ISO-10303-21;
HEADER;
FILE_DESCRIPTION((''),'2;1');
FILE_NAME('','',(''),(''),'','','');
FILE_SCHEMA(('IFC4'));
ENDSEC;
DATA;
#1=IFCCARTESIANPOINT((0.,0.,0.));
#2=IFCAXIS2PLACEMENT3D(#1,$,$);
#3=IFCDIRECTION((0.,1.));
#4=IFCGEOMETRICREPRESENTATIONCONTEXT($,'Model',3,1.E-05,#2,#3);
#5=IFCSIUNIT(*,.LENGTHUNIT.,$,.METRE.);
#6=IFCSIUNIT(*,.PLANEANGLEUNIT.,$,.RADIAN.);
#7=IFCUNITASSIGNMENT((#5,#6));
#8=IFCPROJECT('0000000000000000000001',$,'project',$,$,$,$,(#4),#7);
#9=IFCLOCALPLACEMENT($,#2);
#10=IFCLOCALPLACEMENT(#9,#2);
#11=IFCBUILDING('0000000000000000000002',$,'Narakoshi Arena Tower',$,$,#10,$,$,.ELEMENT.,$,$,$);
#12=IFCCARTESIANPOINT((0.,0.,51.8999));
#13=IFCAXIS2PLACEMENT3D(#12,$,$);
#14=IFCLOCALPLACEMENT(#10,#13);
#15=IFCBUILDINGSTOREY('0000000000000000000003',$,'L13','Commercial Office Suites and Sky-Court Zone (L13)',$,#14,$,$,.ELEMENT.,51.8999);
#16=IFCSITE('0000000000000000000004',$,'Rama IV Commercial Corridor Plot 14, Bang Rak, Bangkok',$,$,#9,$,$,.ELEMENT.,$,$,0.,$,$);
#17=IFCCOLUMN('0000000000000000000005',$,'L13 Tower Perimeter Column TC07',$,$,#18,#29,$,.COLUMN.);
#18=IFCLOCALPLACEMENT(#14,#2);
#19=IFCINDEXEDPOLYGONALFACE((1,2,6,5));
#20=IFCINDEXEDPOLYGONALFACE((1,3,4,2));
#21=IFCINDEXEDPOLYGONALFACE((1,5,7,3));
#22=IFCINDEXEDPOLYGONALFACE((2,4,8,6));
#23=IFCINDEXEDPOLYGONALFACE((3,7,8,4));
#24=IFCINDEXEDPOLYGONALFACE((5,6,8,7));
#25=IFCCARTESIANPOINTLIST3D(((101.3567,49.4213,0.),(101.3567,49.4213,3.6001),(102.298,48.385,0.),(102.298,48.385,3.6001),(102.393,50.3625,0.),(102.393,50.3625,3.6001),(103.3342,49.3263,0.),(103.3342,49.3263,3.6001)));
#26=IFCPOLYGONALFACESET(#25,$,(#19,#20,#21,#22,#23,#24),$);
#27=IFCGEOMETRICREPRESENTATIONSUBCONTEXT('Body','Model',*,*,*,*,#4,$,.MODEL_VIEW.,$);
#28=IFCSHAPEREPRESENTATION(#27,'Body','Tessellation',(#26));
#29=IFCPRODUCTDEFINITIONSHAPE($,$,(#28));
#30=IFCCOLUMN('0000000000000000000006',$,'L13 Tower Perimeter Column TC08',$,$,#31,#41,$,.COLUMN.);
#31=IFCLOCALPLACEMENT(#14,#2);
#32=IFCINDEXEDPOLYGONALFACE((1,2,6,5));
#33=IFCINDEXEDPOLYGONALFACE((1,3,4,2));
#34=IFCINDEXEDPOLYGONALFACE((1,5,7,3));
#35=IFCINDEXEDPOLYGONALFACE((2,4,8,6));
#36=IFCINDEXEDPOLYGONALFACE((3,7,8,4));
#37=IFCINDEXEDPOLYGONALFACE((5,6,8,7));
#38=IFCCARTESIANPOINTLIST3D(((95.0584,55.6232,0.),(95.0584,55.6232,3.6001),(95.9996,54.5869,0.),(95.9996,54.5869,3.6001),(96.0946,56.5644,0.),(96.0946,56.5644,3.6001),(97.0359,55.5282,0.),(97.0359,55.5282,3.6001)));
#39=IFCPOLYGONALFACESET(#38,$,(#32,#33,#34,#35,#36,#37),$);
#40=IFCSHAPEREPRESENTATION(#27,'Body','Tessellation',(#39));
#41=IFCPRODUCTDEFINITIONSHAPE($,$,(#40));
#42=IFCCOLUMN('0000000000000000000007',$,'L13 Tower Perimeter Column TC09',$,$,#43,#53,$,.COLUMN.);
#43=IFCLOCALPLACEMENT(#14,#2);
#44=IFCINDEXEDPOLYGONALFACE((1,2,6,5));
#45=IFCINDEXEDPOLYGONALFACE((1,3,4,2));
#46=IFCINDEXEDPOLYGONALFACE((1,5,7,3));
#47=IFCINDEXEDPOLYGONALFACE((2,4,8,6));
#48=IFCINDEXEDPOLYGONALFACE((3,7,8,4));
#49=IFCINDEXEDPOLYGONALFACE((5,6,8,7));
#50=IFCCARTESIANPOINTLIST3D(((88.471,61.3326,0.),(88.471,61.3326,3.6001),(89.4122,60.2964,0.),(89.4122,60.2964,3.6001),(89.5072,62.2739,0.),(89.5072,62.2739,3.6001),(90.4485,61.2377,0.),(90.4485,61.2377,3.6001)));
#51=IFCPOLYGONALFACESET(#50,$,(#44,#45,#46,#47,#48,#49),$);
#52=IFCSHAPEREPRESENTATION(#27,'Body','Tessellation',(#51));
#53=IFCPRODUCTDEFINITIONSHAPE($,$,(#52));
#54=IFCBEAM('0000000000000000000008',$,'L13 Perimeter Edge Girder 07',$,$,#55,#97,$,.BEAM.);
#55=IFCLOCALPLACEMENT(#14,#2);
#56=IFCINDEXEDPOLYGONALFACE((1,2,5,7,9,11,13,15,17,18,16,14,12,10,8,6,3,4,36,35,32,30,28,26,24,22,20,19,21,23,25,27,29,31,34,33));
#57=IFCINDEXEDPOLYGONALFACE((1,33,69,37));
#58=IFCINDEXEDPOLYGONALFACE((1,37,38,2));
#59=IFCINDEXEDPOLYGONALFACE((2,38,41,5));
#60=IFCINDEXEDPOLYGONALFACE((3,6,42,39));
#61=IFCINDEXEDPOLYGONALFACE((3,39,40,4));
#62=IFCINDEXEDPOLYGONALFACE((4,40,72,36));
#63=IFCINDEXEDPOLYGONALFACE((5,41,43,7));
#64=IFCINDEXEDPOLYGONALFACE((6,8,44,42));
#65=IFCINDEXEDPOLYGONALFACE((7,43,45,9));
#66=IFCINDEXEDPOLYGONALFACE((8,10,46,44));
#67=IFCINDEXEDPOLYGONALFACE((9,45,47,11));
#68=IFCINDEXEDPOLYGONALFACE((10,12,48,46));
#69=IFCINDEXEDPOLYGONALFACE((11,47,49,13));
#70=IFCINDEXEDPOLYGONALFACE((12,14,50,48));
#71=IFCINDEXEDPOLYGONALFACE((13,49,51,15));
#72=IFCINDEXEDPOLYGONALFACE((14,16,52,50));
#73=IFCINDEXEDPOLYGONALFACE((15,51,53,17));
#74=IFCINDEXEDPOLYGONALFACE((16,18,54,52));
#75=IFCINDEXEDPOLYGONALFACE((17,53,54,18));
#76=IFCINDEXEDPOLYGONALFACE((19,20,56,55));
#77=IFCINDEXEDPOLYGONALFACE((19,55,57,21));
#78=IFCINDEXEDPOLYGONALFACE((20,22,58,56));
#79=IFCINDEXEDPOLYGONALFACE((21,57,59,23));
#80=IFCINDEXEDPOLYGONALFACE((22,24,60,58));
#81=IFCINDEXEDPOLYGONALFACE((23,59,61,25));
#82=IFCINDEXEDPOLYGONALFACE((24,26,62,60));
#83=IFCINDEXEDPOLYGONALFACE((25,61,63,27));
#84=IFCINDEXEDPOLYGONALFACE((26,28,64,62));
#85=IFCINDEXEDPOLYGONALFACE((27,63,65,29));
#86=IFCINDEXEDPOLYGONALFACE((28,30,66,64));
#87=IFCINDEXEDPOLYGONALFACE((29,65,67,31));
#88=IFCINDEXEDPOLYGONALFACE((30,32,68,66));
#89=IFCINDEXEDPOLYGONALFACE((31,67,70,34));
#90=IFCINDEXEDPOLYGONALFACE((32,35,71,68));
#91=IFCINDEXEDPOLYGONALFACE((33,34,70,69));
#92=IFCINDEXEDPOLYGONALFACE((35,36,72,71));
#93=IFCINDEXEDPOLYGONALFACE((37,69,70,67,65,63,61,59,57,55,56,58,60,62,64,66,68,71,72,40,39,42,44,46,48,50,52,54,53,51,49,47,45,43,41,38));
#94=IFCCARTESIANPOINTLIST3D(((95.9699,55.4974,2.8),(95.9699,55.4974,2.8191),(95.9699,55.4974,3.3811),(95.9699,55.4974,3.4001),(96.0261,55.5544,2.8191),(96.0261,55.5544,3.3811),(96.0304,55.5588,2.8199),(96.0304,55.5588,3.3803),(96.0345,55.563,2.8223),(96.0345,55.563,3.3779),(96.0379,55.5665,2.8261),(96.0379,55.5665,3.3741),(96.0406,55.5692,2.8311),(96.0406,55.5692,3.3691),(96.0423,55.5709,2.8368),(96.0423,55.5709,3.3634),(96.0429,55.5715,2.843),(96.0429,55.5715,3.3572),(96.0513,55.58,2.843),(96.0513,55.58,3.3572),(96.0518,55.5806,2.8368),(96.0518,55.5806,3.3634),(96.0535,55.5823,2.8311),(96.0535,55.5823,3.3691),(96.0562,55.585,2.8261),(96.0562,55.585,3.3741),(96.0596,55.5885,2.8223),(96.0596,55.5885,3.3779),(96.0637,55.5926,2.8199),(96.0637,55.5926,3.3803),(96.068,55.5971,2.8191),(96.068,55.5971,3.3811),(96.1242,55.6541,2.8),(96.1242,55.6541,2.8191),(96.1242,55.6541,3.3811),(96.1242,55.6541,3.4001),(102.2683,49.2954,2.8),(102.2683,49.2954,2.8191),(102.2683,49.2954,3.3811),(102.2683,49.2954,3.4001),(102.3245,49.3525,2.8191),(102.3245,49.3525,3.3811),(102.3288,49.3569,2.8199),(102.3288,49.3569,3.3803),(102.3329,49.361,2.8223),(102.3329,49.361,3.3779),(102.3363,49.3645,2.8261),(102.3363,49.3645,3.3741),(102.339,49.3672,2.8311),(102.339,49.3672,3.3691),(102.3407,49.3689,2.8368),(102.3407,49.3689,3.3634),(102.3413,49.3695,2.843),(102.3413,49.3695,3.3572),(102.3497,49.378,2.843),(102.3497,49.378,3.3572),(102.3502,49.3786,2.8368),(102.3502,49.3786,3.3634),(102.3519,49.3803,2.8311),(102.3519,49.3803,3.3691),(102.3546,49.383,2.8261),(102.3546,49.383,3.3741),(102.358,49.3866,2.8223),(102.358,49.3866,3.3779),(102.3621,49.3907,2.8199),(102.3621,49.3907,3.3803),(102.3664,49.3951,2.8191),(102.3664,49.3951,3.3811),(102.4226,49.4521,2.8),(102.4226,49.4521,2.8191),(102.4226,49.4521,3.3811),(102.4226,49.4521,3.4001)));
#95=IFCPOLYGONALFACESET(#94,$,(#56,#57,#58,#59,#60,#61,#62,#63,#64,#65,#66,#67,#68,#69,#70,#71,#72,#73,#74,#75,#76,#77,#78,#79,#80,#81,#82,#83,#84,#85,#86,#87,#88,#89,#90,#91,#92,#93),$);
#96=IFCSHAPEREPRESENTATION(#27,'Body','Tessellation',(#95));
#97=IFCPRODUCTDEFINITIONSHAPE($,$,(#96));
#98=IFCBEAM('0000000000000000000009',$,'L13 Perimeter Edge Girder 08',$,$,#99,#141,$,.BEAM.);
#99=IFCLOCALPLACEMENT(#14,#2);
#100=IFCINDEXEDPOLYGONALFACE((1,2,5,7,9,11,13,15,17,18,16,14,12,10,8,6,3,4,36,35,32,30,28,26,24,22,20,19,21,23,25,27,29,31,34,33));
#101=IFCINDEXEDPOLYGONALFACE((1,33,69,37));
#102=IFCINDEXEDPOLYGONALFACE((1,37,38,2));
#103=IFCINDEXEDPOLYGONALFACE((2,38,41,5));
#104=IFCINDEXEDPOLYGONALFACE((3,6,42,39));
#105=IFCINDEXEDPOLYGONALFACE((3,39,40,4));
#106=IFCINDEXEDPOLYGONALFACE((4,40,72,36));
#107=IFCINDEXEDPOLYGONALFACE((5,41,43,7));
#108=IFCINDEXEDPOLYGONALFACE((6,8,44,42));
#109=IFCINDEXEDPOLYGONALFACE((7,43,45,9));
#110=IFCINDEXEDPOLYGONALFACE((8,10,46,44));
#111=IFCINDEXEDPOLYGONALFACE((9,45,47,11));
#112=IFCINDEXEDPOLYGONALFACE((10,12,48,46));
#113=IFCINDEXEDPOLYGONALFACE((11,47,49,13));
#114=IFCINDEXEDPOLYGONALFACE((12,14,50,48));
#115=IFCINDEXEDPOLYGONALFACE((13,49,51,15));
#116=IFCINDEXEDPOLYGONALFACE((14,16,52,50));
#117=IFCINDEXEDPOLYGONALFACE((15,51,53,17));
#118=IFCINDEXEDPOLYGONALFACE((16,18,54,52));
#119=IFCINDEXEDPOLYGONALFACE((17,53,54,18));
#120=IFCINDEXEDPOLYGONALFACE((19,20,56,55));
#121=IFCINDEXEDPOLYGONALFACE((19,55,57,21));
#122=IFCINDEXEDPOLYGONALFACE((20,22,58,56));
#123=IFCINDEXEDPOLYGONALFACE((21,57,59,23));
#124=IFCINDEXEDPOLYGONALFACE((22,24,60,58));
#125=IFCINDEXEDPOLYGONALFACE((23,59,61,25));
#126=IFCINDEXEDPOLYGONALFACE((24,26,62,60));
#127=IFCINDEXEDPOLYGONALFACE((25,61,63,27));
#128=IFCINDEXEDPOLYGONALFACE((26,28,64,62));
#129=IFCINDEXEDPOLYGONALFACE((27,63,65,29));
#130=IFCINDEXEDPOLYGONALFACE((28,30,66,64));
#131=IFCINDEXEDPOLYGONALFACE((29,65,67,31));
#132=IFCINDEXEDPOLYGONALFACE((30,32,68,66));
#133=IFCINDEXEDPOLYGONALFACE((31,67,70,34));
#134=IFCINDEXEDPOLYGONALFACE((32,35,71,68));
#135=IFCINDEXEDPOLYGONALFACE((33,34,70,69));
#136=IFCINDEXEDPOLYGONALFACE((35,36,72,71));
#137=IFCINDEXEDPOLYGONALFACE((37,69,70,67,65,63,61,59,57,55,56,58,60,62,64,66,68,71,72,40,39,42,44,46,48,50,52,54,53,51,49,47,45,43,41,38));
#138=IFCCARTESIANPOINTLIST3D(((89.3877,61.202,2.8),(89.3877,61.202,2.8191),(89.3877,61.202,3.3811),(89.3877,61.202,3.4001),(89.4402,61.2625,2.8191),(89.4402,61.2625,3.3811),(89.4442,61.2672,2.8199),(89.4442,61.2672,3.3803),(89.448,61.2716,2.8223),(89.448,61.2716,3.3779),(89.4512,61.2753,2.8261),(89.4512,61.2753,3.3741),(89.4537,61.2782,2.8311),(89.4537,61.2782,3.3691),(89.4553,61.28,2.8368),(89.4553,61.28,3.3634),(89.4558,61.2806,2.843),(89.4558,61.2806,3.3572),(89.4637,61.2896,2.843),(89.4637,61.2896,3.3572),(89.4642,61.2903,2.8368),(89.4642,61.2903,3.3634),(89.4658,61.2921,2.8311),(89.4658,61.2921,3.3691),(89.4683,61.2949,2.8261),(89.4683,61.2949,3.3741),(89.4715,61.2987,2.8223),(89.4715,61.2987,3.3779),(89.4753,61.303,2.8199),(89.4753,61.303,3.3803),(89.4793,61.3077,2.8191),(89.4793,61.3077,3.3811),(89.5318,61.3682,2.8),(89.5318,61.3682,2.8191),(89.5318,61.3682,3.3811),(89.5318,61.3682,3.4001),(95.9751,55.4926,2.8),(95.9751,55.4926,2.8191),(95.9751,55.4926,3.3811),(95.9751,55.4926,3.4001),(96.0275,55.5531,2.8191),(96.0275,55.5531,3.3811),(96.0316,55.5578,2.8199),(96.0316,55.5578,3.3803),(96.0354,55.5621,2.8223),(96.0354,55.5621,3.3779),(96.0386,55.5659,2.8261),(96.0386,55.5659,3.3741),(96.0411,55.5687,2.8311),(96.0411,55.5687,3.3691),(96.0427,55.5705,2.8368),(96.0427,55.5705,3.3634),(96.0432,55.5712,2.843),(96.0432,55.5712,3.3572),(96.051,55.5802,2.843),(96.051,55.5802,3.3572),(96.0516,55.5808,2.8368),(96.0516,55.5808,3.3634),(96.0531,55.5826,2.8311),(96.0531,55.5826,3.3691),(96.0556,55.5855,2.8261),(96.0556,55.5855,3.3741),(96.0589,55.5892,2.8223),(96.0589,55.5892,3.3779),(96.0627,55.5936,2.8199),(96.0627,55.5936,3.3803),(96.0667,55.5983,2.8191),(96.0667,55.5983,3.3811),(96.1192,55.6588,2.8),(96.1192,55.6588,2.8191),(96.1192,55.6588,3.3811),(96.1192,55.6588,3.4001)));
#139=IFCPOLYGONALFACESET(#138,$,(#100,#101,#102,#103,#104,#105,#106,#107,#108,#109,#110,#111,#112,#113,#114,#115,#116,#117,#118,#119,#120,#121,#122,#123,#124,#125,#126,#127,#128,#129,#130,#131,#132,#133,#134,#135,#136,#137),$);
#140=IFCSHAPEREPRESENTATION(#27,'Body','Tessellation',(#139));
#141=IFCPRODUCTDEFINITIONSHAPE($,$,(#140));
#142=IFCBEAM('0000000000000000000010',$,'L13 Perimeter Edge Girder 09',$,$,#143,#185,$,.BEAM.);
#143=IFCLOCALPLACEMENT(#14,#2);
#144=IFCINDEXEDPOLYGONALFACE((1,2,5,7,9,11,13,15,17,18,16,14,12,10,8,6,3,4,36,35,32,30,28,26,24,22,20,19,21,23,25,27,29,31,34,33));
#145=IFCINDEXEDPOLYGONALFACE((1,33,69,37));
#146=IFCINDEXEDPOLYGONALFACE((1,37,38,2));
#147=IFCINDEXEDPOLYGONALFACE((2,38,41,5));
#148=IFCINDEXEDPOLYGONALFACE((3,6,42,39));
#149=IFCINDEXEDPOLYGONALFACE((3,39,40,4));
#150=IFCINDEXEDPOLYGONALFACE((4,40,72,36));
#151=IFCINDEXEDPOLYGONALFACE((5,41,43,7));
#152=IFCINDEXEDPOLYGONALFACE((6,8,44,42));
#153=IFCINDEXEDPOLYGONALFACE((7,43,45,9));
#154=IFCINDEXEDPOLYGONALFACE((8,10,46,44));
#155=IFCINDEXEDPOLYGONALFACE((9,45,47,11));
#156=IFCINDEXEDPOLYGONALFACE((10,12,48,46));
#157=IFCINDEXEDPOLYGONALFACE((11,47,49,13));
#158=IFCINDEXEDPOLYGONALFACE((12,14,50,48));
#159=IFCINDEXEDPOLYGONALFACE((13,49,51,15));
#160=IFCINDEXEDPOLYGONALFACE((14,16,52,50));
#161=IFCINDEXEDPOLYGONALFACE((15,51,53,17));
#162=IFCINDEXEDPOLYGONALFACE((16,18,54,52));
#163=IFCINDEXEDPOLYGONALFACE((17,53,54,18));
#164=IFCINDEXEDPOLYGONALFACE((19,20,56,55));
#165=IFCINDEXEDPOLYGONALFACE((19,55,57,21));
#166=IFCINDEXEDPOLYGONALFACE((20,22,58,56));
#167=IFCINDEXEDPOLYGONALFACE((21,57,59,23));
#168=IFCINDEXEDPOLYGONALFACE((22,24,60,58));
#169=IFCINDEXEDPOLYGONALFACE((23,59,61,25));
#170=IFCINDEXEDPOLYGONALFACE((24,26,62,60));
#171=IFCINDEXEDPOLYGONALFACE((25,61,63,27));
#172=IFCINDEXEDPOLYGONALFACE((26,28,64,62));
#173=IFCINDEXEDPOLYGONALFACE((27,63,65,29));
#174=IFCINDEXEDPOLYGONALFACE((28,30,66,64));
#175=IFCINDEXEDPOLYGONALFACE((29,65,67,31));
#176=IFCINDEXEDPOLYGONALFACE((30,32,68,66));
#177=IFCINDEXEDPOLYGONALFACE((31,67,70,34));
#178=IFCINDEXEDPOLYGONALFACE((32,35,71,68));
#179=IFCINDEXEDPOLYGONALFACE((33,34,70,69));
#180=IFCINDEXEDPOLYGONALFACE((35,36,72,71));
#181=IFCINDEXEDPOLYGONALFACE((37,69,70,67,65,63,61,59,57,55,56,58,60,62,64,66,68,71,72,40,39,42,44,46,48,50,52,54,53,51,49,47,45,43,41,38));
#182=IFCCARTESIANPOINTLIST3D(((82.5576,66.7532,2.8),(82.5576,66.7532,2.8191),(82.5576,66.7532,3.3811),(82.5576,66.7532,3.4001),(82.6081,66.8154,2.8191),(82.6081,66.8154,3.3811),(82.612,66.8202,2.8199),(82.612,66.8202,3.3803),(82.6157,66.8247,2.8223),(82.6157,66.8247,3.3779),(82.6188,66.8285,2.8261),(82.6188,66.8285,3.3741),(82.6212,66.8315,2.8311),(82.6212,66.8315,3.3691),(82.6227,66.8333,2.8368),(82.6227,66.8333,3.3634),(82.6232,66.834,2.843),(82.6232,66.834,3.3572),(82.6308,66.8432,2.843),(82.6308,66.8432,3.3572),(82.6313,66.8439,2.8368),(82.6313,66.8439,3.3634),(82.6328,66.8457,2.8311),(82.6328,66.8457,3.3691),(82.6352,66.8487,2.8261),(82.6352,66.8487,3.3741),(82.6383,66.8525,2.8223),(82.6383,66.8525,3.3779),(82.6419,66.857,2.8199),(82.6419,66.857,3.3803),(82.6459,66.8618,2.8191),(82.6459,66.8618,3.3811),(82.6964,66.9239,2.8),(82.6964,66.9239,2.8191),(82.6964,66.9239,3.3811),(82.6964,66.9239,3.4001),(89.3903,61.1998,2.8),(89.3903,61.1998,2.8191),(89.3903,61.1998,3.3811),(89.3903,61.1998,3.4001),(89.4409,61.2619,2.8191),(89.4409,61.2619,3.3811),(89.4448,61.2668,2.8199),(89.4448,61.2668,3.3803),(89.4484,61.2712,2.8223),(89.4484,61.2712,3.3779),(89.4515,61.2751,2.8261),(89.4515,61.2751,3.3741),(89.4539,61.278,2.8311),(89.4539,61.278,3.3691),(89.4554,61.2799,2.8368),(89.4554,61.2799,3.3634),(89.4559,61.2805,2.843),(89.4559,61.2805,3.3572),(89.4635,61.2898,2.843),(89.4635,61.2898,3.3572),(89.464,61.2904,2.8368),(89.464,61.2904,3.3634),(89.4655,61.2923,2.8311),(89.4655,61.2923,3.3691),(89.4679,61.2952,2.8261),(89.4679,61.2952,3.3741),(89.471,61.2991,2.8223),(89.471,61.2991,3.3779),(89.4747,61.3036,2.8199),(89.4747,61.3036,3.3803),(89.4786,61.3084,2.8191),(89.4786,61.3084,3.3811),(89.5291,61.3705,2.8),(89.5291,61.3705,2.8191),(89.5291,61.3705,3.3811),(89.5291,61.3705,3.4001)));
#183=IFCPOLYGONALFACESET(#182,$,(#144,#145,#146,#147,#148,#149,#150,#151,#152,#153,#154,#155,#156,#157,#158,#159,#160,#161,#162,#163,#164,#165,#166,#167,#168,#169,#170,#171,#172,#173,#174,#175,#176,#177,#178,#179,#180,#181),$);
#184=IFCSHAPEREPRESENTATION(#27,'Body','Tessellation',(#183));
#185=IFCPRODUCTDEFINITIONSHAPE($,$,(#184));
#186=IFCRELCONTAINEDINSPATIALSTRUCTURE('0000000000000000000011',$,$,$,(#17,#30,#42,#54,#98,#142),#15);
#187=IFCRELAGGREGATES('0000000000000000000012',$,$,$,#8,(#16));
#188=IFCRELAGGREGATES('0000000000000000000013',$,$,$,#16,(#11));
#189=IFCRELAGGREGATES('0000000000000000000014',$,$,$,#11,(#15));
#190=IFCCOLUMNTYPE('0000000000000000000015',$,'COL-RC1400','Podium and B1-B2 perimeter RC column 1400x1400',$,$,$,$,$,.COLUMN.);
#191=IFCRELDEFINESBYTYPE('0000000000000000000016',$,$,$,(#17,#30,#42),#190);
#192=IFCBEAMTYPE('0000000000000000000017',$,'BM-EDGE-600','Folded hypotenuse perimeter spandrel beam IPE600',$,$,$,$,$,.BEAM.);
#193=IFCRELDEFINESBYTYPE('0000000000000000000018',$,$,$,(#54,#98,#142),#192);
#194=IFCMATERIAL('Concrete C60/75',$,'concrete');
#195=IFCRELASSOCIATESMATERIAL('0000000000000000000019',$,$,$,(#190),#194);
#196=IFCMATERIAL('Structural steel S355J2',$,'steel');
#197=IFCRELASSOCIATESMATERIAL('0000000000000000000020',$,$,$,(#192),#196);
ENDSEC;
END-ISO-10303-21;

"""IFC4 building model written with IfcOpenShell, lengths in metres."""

from ifc_helpers import new_model, si_unit, direction, frame, origin, origin_2d, place, context, subcontext, project, spatial, rectangle, i_section, extrude, material, material_profile, profile_set, type_object, element, save


model = new_model("IFC4")

# Units and contexts
model_context = context("Model", 3, precision=1e-05, world=origin(), true_north=direction((0.0, 1.0)))
body_context = subcontext(model_context, "Body", "Model", "MODEL_VIEW")
ifc_project = project(units=[si_unit("LENGTHUNIT", "METRE"), si_unit("PLANEANGLEUNIT", "RADIAN")], contexts=[model_context])

# Site, building, storey
site_placement = place(None, origin())
site = spatial("IfcSite", under=ifc_project, at=site_placement, Name="Rama IV Commercial Corridor Plot 14, Bang Rak, Bangkok", CompositionType="ELEMENT", RefElevation=0.0)
building_placement = place(site_placement, origin())
building = spatial("IfcBuilding", under=site, at=building_placement, Name="Narakoshi Arena Tower", CompositionType="ELEMENT")
storey_placement = place(building_placement, frame((0.0, 0.0, 51.8999)))
storey = spatial("IfcBuildingStorey", under=building, at=storey_placement, Name="L13", Description="Commercial Office Suites and Sky-Court Zone (L13)", CompositionType="ELEMENT", Elevation=51.8999)

# Columns
ifc_material_1 = material(Name="Concrete C60/75", Category="concrete")
ifc_material_profile_1 = material_profile(ifc_material_1, rectangle(XDim=1.3999, YDim=1.3999, at=origin_2d()), Name="RC1400x1400")
ifc_profile_set_1 = profile_set([ifc_material_profile_1], Name="Concrete C60/75")
column_type = type_object("IfcColumnType", Name="COL-RC1400", Description="Podium and B1-B2 perimeter RC column 1400x1400", PredefinedType="COLUMN", material=ifc_profile_set_1)
for number, where, z_axis, x_axis, name in (
    (1, (102.3455, 49.3738, 0.0), (0.0, 0.0, 1.0), (0.740218, 0.672367, 0.0), "L13 Tower Perimeter Column TC07"),
    (2, (96.0471, 55.5757, 0.0), (0.0, 0.0, 1.0), (0.740218, 0.672367, 0.0), "L13 Tower Perimeter Column TC08"),
    (3, (89.4597, 61.2852, 0.0), (0.0, 0.0, 1.0), (0.740218, 0.672367, 0.0), "L13 Tower Perimeter Column TC09"),
):
    element("IfcColumn", number, at=place(storey_placement, frame(where, z_axis=z_axis, x_axis=x_axis)), inside=storey, type_object=column_type, Name=name, PredefinedType="COLUMN", context=body_context, shape_type="SweptSolid", body=[
        extrude(rectangle(XDim=1.3999, YDim=1.3999, at=origin_2d()), origin(), (0.0, 0.0, 1.0), 3.6001),
    ])

# Beams
ifc_material_2 = material(Name="Structural steel S355J2", Category="steel")
ifc_material_profile_2 = material_profile(ifc_material_2, i_section(OverallWidth=0.22, OverallDepth=0.6001, WebThickness=0.012, FlangeThickness=0.019, FilletRadius=0.0239, at=origin_2d()), Name="IPE600")
ifc_profile_set_2 = profile_set([ifc_material_profile_2], Name="Structural steel S355J2")
beam_type_1 = type_object("IfcBeamType", Name="BM-EDGE-600", Description="Folded hypotenuse perimeter spandrel beam IPE600", PredefinedType="BEAM", material=ifc_profile_set_2)
beam_1_placement = place(storey_placement, frame((102.3455, 49.3738, 3.1001), z_axis=(-0.712541, 0.701631, 0.0), x_axis=(-0.701631, -0.712541, 0.0)))
element("IfcBeam", 4, at=beam_1_placement, inside=storey, type_object=beam_type_1, Name="L13 Perimeter Edge Girder 07", PredefinedType="BEAM", context=body_context, shape_type="SweptSolid", body=[
    extrude(i_section(OverallWidth=0.22, OverallDepth=0.6001, WebThickness=0.012, FlangeThickness=0.019, FilletRadius=0.0239, at=origin_2d()), origin(), (0.0, 0.0, 1.0), 8.8394),
])
beam_2_placement = place(storey_placement, frame((96.0471, 55.5757, 3.1001), z_axis=(-0.755667, 0.654956, 0.0), x_axis=(-0.654956, -0.755667, 0.0)))
element("IfcBeam", 5, at=beam_2_placement, inside=storey, type_object=beam_type_1, Name="L13 Perimeter Edge Girder 08", PredefinedType="BEAM", context=body_context, shape_type="SweptSolid", body=[
    extrude(i_section(OverallWidth=0.22, OverallDepth=0.6001, WebThickness=0.012, FlangeThickness=0.019, FilletRadius=0.0239, at=origin_2d()), origin(), (0.0, 0.0, 1.0), 8.7173),
])
beam_3_placement = place(storey_placement, frame((89.4597, 61.2852, 3.1001), z_axis=(-0.776011, 0.630719, 0.0), x_axis=(-0.630719, -0.776011, 0.0)))
element("IfcBeam", 6, at=beam_3_placement, inside=storey, type_object=beam_type_1, Name="L13 Perimeter Edge Girder 09", PredefinedType="BEAM", context=body_context, shape_type="SweptSolid", body=[
    extrude(i_section(OverallWidth=0.22, OverallDepth=0.6001, WebThickness=0.012, FlangeThickness=0.019, FilletRadius=0.0239, at=origin_2d()), origin(), (0.0, 0.0, 1.0), 8.8049),
])

save(model, "model.ifc")
